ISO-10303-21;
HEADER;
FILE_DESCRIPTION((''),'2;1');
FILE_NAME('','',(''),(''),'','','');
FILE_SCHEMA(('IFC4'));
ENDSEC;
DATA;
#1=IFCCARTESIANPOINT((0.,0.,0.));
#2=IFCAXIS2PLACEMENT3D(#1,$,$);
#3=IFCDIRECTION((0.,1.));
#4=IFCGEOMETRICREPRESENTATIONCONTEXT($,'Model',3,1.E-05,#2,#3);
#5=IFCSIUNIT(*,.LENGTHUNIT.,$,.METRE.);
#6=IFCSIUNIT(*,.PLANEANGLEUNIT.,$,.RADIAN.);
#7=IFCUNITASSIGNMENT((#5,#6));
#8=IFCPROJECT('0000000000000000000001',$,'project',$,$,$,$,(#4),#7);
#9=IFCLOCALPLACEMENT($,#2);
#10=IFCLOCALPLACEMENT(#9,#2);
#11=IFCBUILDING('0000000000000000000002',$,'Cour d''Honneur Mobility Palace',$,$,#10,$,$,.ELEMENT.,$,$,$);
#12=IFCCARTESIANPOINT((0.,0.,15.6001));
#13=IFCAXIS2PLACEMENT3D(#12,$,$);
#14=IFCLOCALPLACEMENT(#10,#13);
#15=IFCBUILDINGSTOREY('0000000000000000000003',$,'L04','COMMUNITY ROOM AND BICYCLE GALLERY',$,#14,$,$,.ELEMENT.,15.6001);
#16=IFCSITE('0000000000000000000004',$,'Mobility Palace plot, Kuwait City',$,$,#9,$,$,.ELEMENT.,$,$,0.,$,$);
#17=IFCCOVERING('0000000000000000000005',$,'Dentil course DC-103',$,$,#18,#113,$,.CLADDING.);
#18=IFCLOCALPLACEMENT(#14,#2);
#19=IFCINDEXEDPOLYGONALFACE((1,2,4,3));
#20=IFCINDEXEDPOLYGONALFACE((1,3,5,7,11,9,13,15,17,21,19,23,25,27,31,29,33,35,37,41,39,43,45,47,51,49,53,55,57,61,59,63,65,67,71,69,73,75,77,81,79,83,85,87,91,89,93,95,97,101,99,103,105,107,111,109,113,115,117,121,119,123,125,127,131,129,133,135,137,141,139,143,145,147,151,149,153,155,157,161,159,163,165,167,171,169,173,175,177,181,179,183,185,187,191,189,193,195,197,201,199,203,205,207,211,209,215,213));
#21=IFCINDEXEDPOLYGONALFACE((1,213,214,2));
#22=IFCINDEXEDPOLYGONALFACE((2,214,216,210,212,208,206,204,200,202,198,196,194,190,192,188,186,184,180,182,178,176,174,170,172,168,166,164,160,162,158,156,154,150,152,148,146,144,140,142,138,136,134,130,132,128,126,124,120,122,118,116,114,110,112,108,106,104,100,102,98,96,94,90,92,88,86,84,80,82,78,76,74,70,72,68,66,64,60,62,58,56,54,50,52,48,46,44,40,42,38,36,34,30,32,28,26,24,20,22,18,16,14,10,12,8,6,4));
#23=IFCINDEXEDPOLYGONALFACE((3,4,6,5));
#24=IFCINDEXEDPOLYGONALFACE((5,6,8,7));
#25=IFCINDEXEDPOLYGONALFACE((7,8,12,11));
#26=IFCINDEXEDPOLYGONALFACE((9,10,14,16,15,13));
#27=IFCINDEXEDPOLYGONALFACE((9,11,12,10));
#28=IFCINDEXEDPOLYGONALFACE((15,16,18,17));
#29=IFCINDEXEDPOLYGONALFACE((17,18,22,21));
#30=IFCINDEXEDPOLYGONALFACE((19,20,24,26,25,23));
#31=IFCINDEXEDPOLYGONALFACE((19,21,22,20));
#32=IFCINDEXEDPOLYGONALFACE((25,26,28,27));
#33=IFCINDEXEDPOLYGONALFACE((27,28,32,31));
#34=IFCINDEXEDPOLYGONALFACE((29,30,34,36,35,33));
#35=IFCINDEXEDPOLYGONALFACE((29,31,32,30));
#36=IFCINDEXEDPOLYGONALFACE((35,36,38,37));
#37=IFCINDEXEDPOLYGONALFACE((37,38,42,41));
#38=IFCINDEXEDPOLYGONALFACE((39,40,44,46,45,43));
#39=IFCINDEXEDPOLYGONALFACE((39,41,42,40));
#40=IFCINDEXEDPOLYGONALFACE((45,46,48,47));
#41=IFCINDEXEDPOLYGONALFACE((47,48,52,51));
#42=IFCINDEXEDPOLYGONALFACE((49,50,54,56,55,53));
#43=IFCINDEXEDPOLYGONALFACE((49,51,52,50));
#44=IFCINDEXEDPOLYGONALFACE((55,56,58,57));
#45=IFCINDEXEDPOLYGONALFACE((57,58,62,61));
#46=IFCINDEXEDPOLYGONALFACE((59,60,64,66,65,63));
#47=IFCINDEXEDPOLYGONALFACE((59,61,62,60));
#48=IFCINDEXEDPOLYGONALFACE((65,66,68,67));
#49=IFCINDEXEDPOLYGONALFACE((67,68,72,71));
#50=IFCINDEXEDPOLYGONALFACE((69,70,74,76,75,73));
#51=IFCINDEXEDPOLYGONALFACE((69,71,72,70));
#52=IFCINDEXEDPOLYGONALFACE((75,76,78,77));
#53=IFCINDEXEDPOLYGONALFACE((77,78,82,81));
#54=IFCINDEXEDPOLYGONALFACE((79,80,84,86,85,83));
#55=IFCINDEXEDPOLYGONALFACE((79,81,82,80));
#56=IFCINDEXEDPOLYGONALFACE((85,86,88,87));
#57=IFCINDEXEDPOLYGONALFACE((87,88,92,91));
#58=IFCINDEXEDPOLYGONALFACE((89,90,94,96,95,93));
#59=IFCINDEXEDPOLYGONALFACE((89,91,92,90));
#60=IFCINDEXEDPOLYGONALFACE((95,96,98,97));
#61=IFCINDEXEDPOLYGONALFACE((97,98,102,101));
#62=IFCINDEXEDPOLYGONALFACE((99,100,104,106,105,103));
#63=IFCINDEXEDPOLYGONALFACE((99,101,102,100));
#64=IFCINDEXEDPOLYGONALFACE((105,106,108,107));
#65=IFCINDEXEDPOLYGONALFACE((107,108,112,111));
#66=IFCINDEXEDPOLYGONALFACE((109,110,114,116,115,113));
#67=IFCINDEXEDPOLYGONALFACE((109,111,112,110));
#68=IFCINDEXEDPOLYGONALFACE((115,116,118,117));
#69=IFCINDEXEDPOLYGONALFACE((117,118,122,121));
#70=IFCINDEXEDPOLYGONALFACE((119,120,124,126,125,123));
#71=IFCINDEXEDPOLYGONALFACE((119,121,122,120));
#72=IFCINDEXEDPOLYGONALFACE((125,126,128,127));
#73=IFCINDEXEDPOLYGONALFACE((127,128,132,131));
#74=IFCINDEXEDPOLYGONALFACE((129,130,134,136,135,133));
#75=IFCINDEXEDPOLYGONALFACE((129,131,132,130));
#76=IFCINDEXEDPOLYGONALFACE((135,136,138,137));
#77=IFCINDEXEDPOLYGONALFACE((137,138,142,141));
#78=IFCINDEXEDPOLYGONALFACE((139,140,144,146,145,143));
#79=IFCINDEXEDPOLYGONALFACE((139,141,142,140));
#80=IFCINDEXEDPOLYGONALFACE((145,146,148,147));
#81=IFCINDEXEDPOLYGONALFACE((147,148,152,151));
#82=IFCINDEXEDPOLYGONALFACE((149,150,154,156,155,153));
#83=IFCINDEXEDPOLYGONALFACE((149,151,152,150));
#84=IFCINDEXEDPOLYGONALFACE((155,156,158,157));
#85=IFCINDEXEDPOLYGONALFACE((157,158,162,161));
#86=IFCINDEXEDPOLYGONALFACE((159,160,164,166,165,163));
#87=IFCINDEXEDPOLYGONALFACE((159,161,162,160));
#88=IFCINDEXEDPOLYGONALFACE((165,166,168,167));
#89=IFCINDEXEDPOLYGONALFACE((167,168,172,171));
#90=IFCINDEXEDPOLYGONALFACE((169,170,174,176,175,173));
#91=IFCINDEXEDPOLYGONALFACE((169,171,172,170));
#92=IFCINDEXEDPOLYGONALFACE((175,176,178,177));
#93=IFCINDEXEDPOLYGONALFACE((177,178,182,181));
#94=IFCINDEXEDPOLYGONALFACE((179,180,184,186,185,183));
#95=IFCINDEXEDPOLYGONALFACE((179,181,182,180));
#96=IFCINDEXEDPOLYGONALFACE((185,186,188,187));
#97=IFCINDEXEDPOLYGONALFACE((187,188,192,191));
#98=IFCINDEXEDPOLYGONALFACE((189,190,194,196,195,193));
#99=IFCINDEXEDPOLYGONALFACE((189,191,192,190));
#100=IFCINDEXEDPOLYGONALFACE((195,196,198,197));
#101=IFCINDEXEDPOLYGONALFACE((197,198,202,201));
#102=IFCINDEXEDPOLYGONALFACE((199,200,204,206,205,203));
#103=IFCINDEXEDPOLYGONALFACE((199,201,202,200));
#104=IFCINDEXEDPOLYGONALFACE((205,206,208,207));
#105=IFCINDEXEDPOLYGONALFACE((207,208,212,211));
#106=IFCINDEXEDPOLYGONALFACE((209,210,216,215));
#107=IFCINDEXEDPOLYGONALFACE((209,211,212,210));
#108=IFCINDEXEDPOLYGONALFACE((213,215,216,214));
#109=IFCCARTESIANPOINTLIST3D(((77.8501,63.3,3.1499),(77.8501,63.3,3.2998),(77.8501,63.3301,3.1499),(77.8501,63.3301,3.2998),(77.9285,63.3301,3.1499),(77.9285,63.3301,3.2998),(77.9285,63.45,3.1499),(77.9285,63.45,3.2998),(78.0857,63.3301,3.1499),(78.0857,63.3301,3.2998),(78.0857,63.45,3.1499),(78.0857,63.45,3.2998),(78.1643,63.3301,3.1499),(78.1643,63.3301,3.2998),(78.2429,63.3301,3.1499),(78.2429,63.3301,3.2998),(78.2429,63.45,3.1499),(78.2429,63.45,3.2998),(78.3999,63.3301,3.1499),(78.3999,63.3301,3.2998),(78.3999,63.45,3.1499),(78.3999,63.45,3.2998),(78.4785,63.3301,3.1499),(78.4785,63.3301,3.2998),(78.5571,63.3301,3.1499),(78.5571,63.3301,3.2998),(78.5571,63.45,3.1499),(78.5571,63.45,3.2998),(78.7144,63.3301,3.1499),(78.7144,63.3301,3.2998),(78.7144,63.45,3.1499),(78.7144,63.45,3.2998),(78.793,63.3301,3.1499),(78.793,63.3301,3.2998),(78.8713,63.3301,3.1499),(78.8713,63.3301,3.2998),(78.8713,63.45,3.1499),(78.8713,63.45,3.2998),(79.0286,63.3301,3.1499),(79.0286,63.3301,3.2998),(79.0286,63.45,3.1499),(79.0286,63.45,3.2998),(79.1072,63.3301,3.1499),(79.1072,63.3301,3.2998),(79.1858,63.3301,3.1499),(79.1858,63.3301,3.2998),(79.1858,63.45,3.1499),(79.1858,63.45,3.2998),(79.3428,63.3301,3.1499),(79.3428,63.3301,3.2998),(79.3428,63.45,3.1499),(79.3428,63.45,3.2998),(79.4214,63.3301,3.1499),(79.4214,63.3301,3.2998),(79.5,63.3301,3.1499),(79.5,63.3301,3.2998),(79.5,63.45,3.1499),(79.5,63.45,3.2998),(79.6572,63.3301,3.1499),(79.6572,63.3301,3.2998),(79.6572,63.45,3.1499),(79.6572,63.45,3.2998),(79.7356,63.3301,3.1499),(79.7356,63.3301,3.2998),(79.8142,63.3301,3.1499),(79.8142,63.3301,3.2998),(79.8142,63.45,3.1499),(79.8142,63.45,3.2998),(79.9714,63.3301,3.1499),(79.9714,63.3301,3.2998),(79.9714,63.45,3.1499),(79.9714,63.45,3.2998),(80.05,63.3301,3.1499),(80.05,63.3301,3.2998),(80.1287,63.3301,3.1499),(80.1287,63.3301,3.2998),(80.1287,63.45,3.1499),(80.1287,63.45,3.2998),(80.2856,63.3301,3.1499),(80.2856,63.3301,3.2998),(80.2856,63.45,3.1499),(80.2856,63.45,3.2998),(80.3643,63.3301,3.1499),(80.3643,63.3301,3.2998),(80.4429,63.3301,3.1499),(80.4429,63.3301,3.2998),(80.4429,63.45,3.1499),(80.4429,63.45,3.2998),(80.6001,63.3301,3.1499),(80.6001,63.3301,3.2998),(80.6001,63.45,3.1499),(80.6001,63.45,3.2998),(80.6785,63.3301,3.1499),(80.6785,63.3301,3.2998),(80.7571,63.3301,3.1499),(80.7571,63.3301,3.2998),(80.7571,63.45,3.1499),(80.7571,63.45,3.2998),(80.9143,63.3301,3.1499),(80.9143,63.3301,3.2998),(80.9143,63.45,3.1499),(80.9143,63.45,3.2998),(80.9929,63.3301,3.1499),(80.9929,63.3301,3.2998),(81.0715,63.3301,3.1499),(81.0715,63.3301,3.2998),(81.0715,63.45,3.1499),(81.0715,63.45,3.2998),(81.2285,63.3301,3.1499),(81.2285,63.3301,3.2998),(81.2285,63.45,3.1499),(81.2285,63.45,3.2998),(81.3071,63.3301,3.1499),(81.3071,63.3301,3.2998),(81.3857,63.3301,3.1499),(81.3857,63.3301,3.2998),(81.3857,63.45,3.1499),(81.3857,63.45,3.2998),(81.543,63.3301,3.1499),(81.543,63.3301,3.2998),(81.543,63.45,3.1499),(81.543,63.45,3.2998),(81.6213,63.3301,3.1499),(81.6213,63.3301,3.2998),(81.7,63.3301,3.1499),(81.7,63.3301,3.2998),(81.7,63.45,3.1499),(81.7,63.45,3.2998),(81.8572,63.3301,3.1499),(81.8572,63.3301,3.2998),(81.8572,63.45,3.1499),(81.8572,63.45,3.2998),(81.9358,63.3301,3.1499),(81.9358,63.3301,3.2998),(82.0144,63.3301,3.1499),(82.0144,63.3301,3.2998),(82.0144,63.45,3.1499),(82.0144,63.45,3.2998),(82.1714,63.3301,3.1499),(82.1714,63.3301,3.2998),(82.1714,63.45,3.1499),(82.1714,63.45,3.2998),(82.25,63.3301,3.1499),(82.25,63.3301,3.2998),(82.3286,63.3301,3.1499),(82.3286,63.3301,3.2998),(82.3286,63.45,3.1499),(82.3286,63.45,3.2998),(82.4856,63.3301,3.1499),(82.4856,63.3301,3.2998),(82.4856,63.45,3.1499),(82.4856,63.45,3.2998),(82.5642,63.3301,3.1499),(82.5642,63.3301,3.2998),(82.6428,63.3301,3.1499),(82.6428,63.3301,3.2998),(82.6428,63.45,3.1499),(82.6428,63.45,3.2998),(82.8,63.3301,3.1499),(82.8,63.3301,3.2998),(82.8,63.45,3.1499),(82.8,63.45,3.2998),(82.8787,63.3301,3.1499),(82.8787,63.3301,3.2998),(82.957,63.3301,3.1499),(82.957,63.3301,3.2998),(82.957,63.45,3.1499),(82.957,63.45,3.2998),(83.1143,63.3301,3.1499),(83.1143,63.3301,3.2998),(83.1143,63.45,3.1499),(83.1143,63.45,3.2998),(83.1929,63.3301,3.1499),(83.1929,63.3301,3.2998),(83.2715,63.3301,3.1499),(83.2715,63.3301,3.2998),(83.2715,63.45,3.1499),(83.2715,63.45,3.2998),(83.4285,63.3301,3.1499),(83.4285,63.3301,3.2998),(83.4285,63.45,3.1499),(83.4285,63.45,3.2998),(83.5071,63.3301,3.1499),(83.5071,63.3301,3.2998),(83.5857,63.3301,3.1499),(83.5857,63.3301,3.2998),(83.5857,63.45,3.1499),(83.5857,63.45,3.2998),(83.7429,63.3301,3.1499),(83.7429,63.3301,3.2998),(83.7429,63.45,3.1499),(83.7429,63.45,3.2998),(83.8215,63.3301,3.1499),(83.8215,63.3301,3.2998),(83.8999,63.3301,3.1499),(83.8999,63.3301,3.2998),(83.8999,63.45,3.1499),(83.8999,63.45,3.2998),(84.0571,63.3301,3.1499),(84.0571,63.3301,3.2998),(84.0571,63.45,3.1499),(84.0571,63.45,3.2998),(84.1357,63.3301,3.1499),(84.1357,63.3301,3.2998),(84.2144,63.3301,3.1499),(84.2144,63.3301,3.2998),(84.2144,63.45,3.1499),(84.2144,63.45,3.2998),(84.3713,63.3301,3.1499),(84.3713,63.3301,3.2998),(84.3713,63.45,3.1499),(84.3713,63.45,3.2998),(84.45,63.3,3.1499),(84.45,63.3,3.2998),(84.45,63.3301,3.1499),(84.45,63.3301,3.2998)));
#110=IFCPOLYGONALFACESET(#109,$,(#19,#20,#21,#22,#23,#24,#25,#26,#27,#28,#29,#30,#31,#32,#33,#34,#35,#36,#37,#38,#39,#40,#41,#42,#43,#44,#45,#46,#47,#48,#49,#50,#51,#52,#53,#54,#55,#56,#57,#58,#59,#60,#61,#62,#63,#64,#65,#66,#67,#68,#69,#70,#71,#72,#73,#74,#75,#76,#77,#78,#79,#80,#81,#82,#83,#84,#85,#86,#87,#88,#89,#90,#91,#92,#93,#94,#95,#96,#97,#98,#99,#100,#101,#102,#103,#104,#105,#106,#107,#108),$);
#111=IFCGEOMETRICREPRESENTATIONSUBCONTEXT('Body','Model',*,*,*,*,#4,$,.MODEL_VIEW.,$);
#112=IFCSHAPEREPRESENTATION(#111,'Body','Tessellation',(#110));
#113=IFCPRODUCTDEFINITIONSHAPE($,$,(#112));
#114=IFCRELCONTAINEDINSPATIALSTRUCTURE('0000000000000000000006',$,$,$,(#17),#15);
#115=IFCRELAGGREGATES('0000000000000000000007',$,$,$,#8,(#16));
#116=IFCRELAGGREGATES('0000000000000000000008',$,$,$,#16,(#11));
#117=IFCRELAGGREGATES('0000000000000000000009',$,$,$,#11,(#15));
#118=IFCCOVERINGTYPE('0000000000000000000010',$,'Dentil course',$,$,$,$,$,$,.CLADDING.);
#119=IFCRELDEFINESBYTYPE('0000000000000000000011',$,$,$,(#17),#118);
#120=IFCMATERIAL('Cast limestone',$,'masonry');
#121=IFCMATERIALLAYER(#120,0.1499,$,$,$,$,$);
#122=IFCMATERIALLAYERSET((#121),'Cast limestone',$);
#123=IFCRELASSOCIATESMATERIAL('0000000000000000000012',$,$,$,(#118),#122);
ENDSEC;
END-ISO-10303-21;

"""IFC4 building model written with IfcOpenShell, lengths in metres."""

from ifc_helpers import new_model, si_unit, direction, frame, origin, place, context, subcontext, project, spatial, polyline, outline, extrude, material, layer, layer_set, type_object, element, save


model = new_model("IFC4")

# Units and contexts
model_context = context("Model", 3, precision=1e-05, world=origin(), true_north=direction((0.0, 1.0)))
body_context = subcontext(model_context, "Body", "Model", "MODEL_VIEW")
ifc_project = project(units=[si_unit("LENGTHUNIT", "METRE"), si_unit("PLANEANGLEUNIT", "RADIAN")], contexts=[model_context])

# Site, building, storey
site_placement = place(None, origin())
site = spatial("IfcSite", under=ifc_project, at=site_placement, Name="Mobility Palace plot, Kuwait City", CompositionType="ELEMENT", RefElevation=0.0)
building_placement = place(site_placement, origin())
building = spatial("IfcBuilding", under=site, at=building_placement, Name="Cour d'Honneur Mobility Palace", CompositionType="ELEMENT")
storey_placement = place(building_placement, frame((0.0, 0.0, 15.6001)))
storey = spatial("IfcBuildingStorey", under=building, at=storey_placement, Name="L04", Description="COMMUNITY ROOM AND BICYCLE GALLERY", CompositionType="ELEMENT", Elevation=15.6001)

# Covering
ifc_material = material(Name="Cast limestone", Category="masonry")
ifc_layer = layer(ifc_material, 0.1499)
ifc_layer_set = layer_set([ifc_layer], Name="Cast limestone")
covering_type = type_object("IfcCoveringType", Name="Dentil course", PredefinedType="CLADDING", material=ifc_layer_set)
covering_1_placement = place(storey_placement, frame((0.0, 0.0, 3.1499)))
element("IfcCovering", 1, at=covering_1_placement, inside=storey, type_object=covering_type, Name="Dentil course DC-103", PredefinedType="CLADDING", context=body_context, shape_type="SweptSolid", body=[
    extrude(outline(polyline([(84.45, 63.3), (77.8501, 63.3), (77.8501, 63.3301), (77.8501, 63.3301), (77.9285, 63.3301), (77.9285, 63.45), (78.0857, 63.45), (78.0857, 63.3301), (78.1643, 63.3301), (78.1643, 63.3301), (78.2429, 63.3301), (78.2429, 63.45), (78.3999, 63.45), (78.3999, 63.3301), (78.4785, 63.3301), (78.4785, 63.3301), (78.5571, 63.3301), (78.5571, 63.45), (78.7144, 63.45), (78.7144, 63.3301), (78.793, 63.3301), (78.793, 63.3301), (78.8713, 63.3301), (78.8713, 63.45), (79.0286, 63.45), (79.0286, 63.3301), (79.1072, 63.3301), (79.1072, 63.3301), (79.1858, 63.3301), (79.1858, 63.45), (79.3428, 63.45), (79.3428, 63.3301), (79.4214, 63.3301), (79.4214, 63.3301), (79.5, 63.3301), (79.5, 63.45), (79.6572, 63.45), (79.6572, 63.3301), (79.7356, 63.3301), (79.7356, 63.3301), (79.8142, 63.3301), (79.8142, 63.45), (79.9714, 63.45), (79.9714, 63.3301), (80.05, 63.3301), (80.05, 63.3301), (80.1287, 63.3301), (80.1287, 63.45), (80.2856, 63.45), (80.2856, 63.3301), (80.3643, 63.3301), (80.3643, 63.3301), (80.4429, 63.3301), (80.4429, 63.45), (80.6001, 63.45), (80.6001, 63.3301), (80.6785, 63.3301), (80.6785, 63.3301), (80.7571, 63.3301), (80.7571, 63.45), (80.9143, 63.45), (80.9143, 63.3301), (80.9929, 63.3301), (80.9929, 63.3301), (81.0715, 63.3301), (81.0715, 63.45), (81.2285, 63.45), (81.2285, 63.3301), (81.3071, 63.3301), (81.3071, 63.3301), (81.3857, 63.3301), (81.3857, 63.45), (81.543, 63.45), (81.543, 63.3301), (81.6213, 63.3301), (81.6213, 63.3301), (81.7, 63.3301), (81.7, 63.45), (81.8572, 63.45), (81.8572, 63.3301), (81.9358, 63.3301), (81.9358, 63.3301), (82.0144, 63.3301), (82.0144, 63.45), (82.1714, 63.45), (82.1714, 63.3301), (82.25, 63.3301), (82.25, 63.3301), (82.3286, 63.3301), (82.3286, 63.45), (82.4856, 63.45), (82.4856, 63.3301), (82.5642, 63.3301), (82.5642, 63.3301), (82.6428, 63.3301), (82.6428, 63.45), (82.8, 63.45), (82.8, 63.3301), (82.8787, 63.3301), (82.8787, 63.3301), (82.957, 63.3301), (82.957, 63.45), (83.1143, 63.45), (83.1143, 63.3301), (83.1929, 63.3301), (83.1929, 63.3301), (83.2715, 63.3301), (83.2715, 63.45), (83.4285, 63.45), (83.4285, 63.3301), (83.5071, 63.3301), (83.5071, 63.3301), (83.5857, 63.3301), (83.5857, 63.45), (83.7429, 63.45), (83.7429, 63.3301), (83.8215, 63.3301), (83.8215, 63.3301), (83.8999, 63.3301), (83.8999, 63.45), (84.0571, 63.45), (84.0571, 63.3301), (84.1357, 63.3301), (84.1357, 63.3301), (84.2144, 63.3301), (84.2144, 63.45), (84.3713, 63.45), (84.3713, 63.3301), (84.45, 63.3301), (84.45, 63.3)])), origin(), (0.0, 0.0, 1.0), 0.1499),
])

save(model, "model.ifc")
